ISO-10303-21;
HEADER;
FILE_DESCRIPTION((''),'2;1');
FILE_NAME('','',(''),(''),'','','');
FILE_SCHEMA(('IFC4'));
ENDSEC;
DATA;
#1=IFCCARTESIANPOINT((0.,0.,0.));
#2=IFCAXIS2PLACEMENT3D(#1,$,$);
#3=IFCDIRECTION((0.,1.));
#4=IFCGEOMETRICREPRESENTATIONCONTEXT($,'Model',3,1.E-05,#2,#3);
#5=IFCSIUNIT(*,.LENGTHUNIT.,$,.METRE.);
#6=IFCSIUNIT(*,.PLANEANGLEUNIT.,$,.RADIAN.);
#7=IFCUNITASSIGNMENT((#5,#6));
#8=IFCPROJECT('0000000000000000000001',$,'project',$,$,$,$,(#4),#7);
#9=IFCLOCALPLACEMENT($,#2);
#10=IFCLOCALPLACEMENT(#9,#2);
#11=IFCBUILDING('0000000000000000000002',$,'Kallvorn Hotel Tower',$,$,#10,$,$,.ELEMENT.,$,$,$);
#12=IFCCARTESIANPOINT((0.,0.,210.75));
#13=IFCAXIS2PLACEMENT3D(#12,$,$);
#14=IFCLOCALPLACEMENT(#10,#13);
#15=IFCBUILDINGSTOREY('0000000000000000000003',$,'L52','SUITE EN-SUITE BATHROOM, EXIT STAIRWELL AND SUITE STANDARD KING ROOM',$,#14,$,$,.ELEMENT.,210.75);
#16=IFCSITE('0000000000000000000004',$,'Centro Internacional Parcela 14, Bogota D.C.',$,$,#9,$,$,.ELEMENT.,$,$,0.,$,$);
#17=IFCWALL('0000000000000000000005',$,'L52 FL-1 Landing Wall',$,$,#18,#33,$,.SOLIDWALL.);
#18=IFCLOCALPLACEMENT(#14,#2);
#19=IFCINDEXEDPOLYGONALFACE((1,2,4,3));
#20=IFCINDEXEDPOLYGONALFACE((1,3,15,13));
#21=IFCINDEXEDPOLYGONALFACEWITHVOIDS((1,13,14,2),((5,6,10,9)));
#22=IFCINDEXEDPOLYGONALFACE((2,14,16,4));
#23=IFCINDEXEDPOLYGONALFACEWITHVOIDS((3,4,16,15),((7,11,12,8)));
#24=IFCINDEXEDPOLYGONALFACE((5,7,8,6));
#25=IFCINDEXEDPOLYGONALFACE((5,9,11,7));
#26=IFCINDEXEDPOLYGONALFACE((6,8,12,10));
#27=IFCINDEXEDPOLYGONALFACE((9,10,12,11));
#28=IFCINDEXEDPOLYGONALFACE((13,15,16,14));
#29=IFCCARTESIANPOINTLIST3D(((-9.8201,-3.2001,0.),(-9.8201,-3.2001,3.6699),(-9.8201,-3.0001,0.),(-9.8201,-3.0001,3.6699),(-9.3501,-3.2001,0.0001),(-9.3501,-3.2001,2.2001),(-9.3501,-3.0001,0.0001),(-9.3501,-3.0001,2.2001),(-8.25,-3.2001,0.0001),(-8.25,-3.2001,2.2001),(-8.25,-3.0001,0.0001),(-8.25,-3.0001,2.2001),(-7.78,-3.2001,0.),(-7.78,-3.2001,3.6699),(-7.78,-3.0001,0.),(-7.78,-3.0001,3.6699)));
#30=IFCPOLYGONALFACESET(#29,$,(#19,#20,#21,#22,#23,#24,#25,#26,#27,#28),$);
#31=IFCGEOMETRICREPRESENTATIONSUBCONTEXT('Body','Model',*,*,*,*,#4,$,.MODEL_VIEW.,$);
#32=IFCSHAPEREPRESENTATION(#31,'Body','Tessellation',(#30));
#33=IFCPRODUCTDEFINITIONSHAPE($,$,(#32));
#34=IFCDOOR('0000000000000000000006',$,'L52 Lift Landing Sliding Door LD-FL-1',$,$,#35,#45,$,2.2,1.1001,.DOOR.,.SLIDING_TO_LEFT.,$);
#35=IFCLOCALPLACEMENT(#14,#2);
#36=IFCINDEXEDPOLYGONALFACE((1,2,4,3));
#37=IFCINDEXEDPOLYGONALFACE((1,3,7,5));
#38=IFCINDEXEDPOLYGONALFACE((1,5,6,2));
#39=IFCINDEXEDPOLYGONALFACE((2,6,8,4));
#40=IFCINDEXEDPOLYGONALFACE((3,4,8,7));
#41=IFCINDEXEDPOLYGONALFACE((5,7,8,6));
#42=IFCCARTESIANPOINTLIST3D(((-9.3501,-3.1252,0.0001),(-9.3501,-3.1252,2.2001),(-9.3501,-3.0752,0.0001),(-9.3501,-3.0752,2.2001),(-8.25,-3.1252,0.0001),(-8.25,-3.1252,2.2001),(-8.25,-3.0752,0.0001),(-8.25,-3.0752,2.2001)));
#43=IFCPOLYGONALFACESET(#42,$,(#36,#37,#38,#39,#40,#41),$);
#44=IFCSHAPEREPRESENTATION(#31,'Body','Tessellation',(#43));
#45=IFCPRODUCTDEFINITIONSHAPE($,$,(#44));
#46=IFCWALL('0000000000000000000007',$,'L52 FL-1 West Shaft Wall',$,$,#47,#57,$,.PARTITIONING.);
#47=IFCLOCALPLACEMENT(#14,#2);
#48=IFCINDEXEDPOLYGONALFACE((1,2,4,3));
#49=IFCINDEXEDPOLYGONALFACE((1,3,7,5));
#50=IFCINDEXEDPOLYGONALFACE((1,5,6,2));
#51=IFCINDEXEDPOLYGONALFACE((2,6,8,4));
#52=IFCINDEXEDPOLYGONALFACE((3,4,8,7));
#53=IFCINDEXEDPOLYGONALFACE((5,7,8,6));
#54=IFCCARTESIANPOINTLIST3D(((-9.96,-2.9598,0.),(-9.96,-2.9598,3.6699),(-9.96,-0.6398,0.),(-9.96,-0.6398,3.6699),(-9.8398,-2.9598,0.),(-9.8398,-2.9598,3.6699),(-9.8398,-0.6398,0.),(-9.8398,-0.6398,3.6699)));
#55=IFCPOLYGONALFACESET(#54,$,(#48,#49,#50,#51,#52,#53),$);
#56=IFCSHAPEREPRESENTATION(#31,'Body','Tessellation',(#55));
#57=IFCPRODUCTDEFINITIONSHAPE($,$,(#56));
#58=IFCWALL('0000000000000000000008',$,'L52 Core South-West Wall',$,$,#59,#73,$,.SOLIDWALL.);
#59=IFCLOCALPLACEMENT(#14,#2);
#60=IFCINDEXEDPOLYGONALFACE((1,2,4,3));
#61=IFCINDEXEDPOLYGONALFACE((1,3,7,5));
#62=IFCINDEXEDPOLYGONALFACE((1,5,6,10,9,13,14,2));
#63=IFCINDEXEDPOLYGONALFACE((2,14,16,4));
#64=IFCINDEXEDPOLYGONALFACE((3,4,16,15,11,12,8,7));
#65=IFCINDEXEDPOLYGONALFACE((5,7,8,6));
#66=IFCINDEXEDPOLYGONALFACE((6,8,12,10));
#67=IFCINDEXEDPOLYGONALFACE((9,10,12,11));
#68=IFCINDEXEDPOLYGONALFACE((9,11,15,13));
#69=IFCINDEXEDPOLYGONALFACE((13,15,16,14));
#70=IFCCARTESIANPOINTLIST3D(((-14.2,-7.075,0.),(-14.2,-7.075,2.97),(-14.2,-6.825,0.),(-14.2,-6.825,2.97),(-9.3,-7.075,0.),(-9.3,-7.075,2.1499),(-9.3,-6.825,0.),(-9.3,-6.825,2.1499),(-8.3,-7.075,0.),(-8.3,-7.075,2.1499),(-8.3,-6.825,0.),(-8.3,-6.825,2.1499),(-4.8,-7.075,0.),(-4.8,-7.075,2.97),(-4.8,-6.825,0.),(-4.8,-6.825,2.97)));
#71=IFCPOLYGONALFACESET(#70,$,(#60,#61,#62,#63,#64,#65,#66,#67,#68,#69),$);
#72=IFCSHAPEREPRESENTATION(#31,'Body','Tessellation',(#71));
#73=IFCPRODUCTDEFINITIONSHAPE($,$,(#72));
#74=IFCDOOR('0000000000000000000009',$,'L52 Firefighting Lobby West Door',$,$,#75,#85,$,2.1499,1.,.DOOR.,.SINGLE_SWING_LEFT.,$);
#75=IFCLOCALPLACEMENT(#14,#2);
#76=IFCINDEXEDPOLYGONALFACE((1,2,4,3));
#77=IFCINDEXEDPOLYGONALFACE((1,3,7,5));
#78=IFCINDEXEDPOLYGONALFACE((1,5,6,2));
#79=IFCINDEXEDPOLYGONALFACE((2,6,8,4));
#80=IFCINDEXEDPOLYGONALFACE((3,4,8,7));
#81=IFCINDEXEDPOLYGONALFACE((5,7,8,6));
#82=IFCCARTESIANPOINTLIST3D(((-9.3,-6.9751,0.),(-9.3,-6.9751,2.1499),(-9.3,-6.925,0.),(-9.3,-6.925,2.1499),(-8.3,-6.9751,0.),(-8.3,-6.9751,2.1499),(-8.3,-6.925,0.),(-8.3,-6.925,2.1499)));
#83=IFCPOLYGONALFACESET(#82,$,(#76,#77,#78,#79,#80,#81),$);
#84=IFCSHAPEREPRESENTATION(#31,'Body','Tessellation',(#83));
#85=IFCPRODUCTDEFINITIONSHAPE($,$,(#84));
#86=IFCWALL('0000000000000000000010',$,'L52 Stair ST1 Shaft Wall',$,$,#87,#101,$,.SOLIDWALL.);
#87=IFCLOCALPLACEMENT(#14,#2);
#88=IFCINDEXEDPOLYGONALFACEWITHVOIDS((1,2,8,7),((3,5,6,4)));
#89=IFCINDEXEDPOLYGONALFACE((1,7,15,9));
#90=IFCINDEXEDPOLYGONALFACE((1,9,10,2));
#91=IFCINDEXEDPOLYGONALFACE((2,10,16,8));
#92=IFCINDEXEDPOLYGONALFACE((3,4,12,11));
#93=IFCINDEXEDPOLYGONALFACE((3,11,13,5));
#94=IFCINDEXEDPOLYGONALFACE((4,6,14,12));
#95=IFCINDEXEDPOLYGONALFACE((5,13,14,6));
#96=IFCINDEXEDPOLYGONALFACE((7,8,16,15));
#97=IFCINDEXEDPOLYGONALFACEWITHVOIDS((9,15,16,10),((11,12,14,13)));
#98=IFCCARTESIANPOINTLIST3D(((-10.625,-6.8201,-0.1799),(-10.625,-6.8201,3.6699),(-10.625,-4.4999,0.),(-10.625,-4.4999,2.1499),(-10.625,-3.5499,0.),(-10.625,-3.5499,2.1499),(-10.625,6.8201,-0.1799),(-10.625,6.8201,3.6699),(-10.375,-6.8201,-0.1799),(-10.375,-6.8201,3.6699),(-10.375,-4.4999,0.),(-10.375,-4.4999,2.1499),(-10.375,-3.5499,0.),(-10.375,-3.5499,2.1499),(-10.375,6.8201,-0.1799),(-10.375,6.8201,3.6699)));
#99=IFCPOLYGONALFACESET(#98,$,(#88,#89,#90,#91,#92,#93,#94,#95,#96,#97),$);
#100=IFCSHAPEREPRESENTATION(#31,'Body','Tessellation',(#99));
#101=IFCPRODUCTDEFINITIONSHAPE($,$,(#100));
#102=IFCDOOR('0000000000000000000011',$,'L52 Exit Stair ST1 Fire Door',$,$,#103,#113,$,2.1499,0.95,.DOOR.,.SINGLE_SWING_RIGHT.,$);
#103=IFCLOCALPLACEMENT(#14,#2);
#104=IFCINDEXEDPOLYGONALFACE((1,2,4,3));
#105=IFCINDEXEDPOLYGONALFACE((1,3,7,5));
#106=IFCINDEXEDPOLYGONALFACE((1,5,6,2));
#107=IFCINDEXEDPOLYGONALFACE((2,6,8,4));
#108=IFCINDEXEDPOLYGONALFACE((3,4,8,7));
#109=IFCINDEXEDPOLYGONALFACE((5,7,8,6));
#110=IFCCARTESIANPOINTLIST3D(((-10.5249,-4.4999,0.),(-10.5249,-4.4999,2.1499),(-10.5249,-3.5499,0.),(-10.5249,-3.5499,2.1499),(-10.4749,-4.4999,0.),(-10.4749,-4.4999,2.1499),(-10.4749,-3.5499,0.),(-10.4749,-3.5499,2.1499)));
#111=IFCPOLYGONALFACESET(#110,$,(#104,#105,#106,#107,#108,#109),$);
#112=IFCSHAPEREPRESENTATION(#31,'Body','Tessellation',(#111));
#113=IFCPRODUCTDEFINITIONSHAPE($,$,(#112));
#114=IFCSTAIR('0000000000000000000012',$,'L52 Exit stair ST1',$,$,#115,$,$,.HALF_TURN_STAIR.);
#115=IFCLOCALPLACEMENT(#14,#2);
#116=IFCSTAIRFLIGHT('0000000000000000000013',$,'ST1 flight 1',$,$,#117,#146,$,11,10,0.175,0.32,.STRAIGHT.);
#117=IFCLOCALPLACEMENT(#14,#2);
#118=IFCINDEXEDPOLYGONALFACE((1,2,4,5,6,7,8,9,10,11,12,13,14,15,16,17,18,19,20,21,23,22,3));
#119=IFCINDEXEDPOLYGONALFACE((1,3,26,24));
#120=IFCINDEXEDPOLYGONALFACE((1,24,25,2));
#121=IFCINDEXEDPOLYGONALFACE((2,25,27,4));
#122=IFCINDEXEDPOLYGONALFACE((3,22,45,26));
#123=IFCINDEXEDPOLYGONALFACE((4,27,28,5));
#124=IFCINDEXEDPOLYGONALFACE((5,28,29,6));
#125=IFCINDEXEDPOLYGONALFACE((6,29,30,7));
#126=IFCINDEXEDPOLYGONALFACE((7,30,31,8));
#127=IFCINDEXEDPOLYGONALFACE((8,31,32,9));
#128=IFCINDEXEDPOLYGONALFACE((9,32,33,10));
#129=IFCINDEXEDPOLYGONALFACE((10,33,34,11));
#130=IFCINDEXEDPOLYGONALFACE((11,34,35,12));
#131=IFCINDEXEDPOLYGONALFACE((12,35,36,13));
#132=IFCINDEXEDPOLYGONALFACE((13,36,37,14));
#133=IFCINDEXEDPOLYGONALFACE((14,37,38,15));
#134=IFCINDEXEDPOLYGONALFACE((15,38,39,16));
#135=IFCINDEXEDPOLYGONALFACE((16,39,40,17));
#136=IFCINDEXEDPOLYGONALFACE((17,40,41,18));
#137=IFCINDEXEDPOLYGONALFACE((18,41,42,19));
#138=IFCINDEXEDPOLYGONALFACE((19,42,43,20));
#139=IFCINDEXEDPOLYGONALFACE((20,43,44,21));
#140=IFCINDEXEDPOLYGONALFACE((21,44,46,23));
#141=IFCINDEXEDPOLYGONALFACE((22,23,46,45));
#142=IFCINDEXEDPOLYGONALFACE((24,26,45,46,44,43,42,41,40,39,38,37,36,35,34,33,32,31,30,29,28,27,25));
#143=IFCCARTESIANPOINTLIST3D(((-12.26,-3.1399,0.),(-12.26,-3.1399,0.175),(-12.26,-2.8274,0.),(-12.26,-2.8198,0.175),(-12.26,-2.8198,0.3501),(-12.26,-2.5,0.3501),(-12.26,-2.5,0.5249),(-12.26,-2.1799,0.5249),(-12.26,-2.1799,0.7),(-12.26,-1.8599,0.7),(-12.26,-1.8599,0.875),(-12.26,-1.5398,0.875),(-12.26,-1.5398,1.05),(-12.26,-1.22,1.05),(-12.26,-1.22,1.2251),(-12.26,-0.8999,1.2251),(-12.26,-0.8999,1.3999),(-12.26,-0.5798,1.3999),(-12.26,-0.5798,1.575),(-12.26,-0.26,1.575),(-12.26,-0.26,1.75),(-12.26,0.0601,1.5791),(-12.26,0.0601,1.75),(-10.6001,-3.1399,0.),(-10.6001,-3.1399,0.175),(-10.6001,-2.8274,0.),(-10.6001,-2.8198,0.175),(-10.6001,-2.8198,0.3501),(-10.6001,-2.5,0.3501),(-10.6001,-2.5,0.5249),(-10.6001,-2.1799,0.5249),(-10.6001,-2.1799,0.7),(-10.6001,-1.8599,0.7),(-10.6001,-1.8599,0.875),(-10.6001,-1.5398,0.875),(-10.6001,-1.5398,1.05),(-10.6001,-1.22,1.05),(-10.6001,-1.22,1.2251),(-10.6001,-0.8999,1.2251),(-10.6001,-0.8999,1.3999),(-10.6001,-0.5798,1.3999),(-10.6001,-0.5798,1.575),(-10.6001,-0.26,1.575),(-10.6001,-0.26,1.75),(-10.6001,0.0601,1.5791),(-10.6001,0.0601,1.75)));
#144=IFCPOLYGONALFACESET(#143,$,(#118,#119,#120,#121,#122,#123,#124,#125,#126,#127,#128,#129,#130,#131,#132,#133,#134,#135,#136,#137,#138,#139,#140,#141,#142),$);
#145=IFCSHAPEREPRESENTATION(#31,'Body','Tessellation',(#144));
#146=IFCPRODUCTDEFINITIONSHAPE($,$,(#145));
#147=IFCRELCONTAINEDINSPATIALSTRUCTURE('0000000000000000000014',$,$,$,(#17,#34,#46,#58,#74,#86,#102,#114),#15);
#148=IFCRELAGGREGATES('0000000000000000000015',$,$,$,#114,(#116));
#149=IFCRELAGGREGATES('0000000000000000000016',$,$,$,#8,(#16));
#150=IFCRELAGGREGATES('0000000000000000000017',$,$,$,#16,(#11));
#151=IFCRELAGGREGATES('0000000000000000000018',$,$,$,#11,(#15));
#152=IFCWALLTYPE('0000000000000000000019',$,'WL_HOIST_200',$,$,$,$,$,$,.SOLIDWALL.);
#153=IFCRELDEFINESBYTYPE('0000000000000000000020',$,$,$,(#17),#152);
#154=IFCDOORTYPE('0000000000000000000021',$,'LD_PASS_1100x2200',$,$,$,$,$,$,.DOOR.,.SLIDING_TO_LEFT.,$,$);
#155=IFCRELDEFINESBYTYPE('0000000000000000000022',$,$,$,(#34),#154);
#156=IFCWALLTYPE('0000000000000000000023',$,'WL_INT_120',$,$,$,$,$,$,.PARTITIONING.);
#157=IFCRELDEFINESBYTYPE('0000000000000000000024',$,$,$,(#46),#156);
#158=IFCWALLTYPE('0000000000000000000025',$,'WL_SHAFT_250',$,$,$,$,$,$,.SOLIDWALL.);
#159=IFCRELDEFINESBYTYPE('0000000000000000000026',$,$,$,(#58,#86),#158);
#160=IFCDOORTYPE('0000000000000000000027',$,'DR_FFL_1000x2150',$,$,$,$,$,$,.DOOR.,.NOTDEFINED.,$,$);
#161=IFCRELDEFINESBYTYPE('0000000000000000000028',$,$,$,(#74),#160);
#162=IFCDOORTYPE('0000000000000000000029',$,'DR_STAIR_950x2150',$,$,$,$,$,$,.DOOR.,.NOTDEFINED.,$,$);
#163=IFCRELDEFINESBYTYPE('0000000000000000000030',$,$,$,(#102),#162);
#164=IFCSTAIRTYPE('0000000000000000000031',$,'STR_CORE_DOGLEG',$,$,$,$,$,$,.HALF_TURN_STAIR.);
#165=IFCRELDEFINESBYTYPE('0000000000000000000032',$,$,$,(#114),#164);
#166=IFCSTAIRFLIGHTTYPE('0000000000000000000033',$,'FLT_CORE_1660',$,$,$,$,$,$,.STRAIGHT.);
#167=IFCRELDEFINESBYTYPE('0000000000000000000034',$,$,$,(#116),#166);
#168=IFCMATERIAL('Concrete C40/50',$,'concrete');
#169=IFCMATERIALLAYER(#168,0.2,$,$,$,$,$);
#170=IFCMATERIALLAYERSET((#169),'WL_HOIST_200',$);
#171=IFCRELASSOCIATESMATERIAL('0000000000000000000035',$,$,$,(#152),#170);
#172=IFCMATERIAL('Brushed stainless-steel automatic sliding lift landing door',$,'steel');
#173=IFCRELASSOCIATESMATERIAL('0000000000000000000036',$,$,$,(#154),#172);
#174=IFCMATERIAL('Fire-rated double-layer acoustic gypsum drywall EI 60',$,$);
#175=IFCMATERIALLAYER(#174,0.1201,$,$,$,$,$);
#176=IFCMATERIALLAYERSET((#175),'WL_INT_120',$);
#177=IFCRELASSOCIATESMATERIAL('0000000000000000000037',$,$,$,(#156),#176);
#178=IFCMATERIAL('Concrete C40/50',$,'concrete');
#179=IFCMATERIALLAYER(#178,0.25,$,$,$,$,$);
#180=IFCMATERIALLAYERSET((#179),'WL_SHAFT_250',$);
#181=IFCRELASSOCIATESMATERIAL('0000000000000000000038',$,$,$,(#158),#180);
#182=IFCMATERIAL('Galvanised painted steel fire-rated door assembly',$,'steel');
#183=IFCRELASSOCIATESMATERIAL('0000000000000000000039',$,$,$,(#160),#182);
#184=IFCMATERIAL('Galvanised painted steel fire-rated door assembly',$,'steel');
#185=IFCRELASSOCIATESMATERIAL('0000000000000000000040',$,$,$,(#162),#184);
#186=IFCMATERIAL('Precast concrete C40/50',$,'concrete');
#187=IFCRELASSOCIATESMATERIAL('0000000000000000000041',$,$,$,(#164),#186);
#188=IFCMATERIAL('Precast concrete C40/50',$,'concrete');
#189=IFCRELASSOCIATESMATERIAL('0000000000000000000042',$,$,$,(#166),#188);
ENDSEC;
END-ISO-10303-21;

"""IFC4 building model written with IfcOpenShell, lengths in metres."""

from ifc_helpers import new_model, si_unit, direction, frame, frame_2d, origin, place, context, subcontext, project, spatial, polyline, rectangle, outline, extrude, material, layer, layer_set, type_object, element, fill, aggregate, save


model = new_model("IFC4")

# Units and contexts
model_context = context("Model", 3, precision=1e-05, world=origin(), true_north=direction((0.0, 1.0)))
body_context = subcontext(model_context, "Body", "Model", "MODEL_VIEW")
ifc_project = project(units=[si_unit("LENGTHUNIT", "METRE"), si_unit("PLANEANGLEUNIT", "RADIAN")], contexts=[model_context])

# Site, building, storey
site_placement = place(None, origin())
site = spatial("IfcSite", under=ifc_project, at=site_placement, Name="Centro Internacional Parcela 14, Bogota D.C.", CompositionType="ELEMENT", RefElevation=0.0)
building_placement = place(site_placement, origin())
building = spatial("IfcBuilding", under=site, at=building_placement, Name="Kallvorn Hotel Tower", CompositionType="ELEMENT")
storey_placement = place(building_placement, frame((0.0, 0.0, 210.75)))
storey = spatial("IfcBuildingStorey", under=building, at=storey_placement, Name="L52", Description="SUITE EN-SUITE BATHROOM, EXIT STAIRWELL AND SUITE STANDARD KING ROOM", CompositionType="ELEMENT", Elevation=210.75)

# Shared definitions
ifc_material_1 = material(Name="Concrete C40/50", Category="concrete")
ifc_layer_1 = layer(ifc_material_1, 0.2)
ifc_layer_set_1 = layer_set([ifc_layer_1], Name="WL_HOIST_200")
wall_type_1 = type_object("IfcWallType", Name="WL_HOIST_200", PredefinedType="SOLIDWALL", material=ifc_layer_set_1)

# Wall, opening, door
wall_1_placement = place(storey_placement, frame((-9.8201, -3.1001, 0.0), z_axis=(0.0, 0.0, 1.0), x_axis=(1.0, 0.0, 0.0)))
wall_1 = element("IfcWall", 1, at=wall_1_placement, inside=storey, type_object=wall_type_1, Name="L52 FL-1 Landing Wall", PredefinedType="SOLIDWALL", context=body_context, shape_type="SweptSolid", body=[
    extrude(rectangle(XDim=2.04, YDim=0.2, at=frame_2d((1.02, 0.0))), origin(), (0.0, 0.0, 1.0), 3.6699),
])
opening_1_placement = place(wall_1_placement, frame((0.47, 0.0, 0.0)))
opening_1 = element("IfcOpeningElement", 2, at=opening_1_placement, cuts=wall_1, PredefinedType="OPENING", context=body_context, shape_type="SweptSolid", body=[
    extrude(rectangle(XDim=1.1001, YDim=2.2, at=frame_2d((0.55, 1.1001))), frame((0.0, 0.115, 0.0), z_axis=(0.0, -1.0, 0.0), x_axis=(1.0, 0.0, 0.0)), (0.0, 0.0, 1.0), 0.23),
])
ifc_material_2 = material(Name="Brushed stainless-steel automatic sliding lift landing door", Category="steel")
door_type_1 = type_object("IfcDoorType", Name="LD_PASS_1100x2200", OperationType="SLIDING_TO_LEFT", PredefinedType="DOOR", material=ifc_material_2)
door_1_placement = place(opening_1_placement, origin())
door_1 = element("IfcDoor", 3, at=door_1_placement, inside=storey, type_object=door_type_1, Name="L52 Lift Landing Sliding Door LD-FL-1", OperationType="SLIDING_TO_LEFT", OverallHeight=2.2, OverallWidth=1.1001, PredefinedType="DOOR", context=body_context, shape_type="SweptSolid", body=[
    extrude(rectangle(XDim=1.1001, YDim=2.2, at=frame_2d((0.55, 1.1001))), frame((0.0, 0.0249, 0.0), z_axis=(0.0, -1.0, 0.0), x_axis=(1.0, 0.0, 0.0)), (0.0, 0.0, 1.0), 0.05),
])
fill(opening_1, door_1)

# Wall
ifc_material_3 = material(Name="Fire-rated double-layer acoustic gypsum drywall EI 60")
ifc_layer_2 = layer(ifc_material_3, 0.1201)
ifc_layer_set_2 = layer_set([ifc_layer_2], Name="WL_INT_120")
wall_type_2 = type_object("IfcWallType", Name="WL_INT_120", PredefinedType="PARTITIONING", material=ifc_layer_set_2)
wall_2_placement = place(storey_placement, frame((-9.8999, -2.96, 0.0), z_axis=(0.0, 0.0, 1.0), x_axis=(0.0, 1.0, 0.0)))
element("IfcWall", 4, at=wall_2_placement, inside=storey, type_object=wall_type_2, Name="L52 FL-1 West Shaft Wall", PredefinedType="PARTITIONING", context=body_context, shape_type="SweptSolid", body=[
    extrude(rectangle(XDim=2.3201, YDim=0.1201, at=frame_2d((1.1602, 0.0))), origin(), (0.0, 0.0, 1.0), 3.6699),
])

# Walls, openings, doors
ifc_material_4 = material(Name="Concrete C40/50", Category="concrete")
ifc_layer_3 = layer(ifc_material_4, 0.25)
ifc_layer_set_3 = layer_set([ifc_layer_3], Name="WL_SHAFT_250")
wall_type_3 = type_object("IfcWallType", Name="WL_SHAFT_250", PredefinedType="SOLIDWALL", material=ifc_layer_set_3)
wall_3_placement = place(storey_placement, frame((-14.2, -6.95, 0.0), z_axis=(0.0, 0.0, 1.0), x_axis=(1.0, 0.0, 0.0)))
wall_3 = element("IfcWall", 5, at=wall_3_placement, inside=storey, type_object=wall_type_3, Name="L52 Core South-West Wall", PredefinedType="SOLIDWALL", context=body_context, shape_type="SweptSolid", body=[
    extrude(rectangle(XDim=9.3999, YDim=0.25, at=frame_2d((4.7, 0.0))), origin(), (0.0, 0.0, 1.0), 2.97),
])
opening_2_placement = place(wall_3_placement, frame((4.8999, 0.0, 0.0)))
opening_2 = element("IfcOpeningElement", 6, at=opening_2_placement, cuts=wall_3, PredefinedType="OPENING", context=body_context, shape_type="SweptSolid", body=[
    extrude(rectangle(XDim=1.0, YDim=2.1499, at=frame_2d((0.5, 1.075))), frame((0.0, 0.1399, 0.0), z_axis=(0.0, -1.0, 0.0), x_axis=(1.0, 0.0, 0.0)), (0.0, 0.0, 1.0), 0.28),
])
ifc_material_5 = material(Name="Galvanised painted steel fire-rated door assembly", Category="steel")
door_type_2 = type_object("IfcDoorType", Name="DR_FFL_1000x2150", OperationType="NOTDEFINED", PredefinedType="DOOR", material=ifc_material_5)
door_2_placement = place(opening_2_placement, origin())
door_2 = element("IfcDoor", 7, at=door_2_placement, inside=storey, type_object=door_type_2, Name="L52 Firefighting Lobby West Door", OperationType="SINGLE_SWING_LEFT", OverallHeight=2.1499, OverallWidth=1.0, PredefinedType="DOOR", context=body_context, shape_type="SweptSolid", body=[
    extrude(rectangle(XDim=1.0, YDim=2.1499, at=frame_2d((0.5, 1.075))), frame((0.0, 0.0249, 0.0), z_axis=(0.0, -1.0, 0.0), x_axis=(1.0, 0.0, 0.0)), (0.0, 0.0, 1.0), 0.05),
])
fill(opening_2, door_2)
wall_4_placement = place(storey_placement, frame((-10.5, -6.8201, -0.1799), z_axis=(0.0, 0.0, 1.0), x_axis=(0.0, 1.0, 0.0)))
wall_4 = element("IfcWall", 8, at=wall_4_placement, inside=storey, type_object=wall_type_3, Name="L52 Stair ST1 Shaft Wall", PredefinedType="SOLIDWALL", context=body_context, shape_type="SweptSolid", body=[
    extrude(rectangle(XDim=13.6401, YDim=0.25, at=frame_2d((6.8201, 0.0))), origin(), (0.0, 0.0, 1.0), 3.8499),
])
opening_3_placement = place(wall_4_placement, frame((2.3201, 0.0, 0.1799)))
opening_3 = element("IfcOpeningElement", 9, at=opening_3_placement, cuts=wall_4, PredefinedType="OPENING", context=body_context, shape_type="SweptSolid", body=[
    extrude(rectangle(XDim=0.95, YDim=2.1499, at=frame_2d((0.4751, 1.075))), frame((0.0, 0.1399, 0.0), z_axis=(0.0, -1.0, 0.0), x_axis=(1.0, 0.0, 0.0)), (0.0, 0.0, 1.0), 0.28),
])
ifc_material_6 = material(Name="Galvanised painted steel fire-rated door assembly", Category="steel")
door_type_3 = type_object("IfcDoorType", Name="DR_STAIR_950x2150", OperationType="NOTDEFINED", PredefinedType="DOOR", material=ifc_material_6)
door_3_placement = place(opening_3_placement, origin())
door_3 = element("IfcDoor", 10, at=door_3_placement, inside=storey, type_object=door_type_3, Name="L52 Exit Stair ST1 Fire Door", OperationType="SINGLE_SWING_RIGHT", OverallHeight=2.1499, OverallWidth=0.95, PredefinedType="DOOR", context=body_context, shape_type="SweptSolid", body=[
    extrude(rectangle(XDim=0.95, YDim=2.1499, at=frame_2d((0.4751, 1.075))), frame((0.0, 0.0249, 0.0), z_axis=(0.0, -1.0, 0.0), x_axis=(1.0, 0.0, 0.0)), (0.0, 0.0, 1.0), 0.05),
])
fill(opening_3, door_3)

# Stair, stair flight
ifc_material_7 = material(Name="Precast concrete C40/50", Category="concrete")
stair_type = type_object("IfcStairType", Name="STR_CORE_DOGLEG", PredefinedType="HALF_TURN_STAIR", material=ifc_material_7)
stair_placement = place(storey_placement, origin())
stair = element("IfcStair", 11, at=stair_placement, inside=storey, type_object=stair_type, Name="L52 Exit stair ST1", PredefinedType="HALF_TURN_STAIR")
ifc_material_8 = material(Name="Precast concrete C40/50", Category="concrete")
stair_flight_type = type_object("IfcStairFlightType", Name="FLT_CORE_1660", PredefinedType="STRAIGHT", material=ifc_material_8)
stair_flight_placement = place(storey_placement, frame((-11.4299, -3.1399, 0.0), z_axis=(0.0, 0.0, 1.0), x_axis=(0.0, 1.0, 0.0)))
stair_flight = element("IfcStairFlight", 12, at=stair_flight_placement, type_object=stair_flight_type, Name="ST1 flight 1", NumberOfRisers=11, NumberOfTreads=10, PredefinedType="STRAIGHT", RiserHeight=0.175, TreadLength=0.32, context=body_context, shape_type="SweptSolid", body=[
    extrude(outline(polyline([(0.0, 0.0), (0.0, 0.175), (0.3201, 0.175), (0.3201, 0.3501), (0.6399, 0.3501), (0.6399, 0.5249), (0.96, 0.5249), (0.96, 0.7), (1.28, 0.7), (1.28, 0.875), (1.6001, 0.875), (1.6001, 1.05), (1.9199, 1.05), (1.9199, 1.2251), (2.24, 1.2251), (2.24, 1.3999), (2.5601, 1.3999), (2.5601, 1.575), (2.8799, 1.575), (2.8799, 1.75), (3.2, 1.75), (3.2, 1.925), (3.2, 1.5791), (0.3125, 0.0), (0.0, 0.0)])), frame((0.0, 0.8301, 0.0), z_axis=(0.0, -1.0, 0.0), x_axis=(1.0, 0.0, 0.0)), (0.0, 0.0, 1.0), 1.6599),
])
aggregate(stair, [stair_flight])

save(model, "model.ifc")
